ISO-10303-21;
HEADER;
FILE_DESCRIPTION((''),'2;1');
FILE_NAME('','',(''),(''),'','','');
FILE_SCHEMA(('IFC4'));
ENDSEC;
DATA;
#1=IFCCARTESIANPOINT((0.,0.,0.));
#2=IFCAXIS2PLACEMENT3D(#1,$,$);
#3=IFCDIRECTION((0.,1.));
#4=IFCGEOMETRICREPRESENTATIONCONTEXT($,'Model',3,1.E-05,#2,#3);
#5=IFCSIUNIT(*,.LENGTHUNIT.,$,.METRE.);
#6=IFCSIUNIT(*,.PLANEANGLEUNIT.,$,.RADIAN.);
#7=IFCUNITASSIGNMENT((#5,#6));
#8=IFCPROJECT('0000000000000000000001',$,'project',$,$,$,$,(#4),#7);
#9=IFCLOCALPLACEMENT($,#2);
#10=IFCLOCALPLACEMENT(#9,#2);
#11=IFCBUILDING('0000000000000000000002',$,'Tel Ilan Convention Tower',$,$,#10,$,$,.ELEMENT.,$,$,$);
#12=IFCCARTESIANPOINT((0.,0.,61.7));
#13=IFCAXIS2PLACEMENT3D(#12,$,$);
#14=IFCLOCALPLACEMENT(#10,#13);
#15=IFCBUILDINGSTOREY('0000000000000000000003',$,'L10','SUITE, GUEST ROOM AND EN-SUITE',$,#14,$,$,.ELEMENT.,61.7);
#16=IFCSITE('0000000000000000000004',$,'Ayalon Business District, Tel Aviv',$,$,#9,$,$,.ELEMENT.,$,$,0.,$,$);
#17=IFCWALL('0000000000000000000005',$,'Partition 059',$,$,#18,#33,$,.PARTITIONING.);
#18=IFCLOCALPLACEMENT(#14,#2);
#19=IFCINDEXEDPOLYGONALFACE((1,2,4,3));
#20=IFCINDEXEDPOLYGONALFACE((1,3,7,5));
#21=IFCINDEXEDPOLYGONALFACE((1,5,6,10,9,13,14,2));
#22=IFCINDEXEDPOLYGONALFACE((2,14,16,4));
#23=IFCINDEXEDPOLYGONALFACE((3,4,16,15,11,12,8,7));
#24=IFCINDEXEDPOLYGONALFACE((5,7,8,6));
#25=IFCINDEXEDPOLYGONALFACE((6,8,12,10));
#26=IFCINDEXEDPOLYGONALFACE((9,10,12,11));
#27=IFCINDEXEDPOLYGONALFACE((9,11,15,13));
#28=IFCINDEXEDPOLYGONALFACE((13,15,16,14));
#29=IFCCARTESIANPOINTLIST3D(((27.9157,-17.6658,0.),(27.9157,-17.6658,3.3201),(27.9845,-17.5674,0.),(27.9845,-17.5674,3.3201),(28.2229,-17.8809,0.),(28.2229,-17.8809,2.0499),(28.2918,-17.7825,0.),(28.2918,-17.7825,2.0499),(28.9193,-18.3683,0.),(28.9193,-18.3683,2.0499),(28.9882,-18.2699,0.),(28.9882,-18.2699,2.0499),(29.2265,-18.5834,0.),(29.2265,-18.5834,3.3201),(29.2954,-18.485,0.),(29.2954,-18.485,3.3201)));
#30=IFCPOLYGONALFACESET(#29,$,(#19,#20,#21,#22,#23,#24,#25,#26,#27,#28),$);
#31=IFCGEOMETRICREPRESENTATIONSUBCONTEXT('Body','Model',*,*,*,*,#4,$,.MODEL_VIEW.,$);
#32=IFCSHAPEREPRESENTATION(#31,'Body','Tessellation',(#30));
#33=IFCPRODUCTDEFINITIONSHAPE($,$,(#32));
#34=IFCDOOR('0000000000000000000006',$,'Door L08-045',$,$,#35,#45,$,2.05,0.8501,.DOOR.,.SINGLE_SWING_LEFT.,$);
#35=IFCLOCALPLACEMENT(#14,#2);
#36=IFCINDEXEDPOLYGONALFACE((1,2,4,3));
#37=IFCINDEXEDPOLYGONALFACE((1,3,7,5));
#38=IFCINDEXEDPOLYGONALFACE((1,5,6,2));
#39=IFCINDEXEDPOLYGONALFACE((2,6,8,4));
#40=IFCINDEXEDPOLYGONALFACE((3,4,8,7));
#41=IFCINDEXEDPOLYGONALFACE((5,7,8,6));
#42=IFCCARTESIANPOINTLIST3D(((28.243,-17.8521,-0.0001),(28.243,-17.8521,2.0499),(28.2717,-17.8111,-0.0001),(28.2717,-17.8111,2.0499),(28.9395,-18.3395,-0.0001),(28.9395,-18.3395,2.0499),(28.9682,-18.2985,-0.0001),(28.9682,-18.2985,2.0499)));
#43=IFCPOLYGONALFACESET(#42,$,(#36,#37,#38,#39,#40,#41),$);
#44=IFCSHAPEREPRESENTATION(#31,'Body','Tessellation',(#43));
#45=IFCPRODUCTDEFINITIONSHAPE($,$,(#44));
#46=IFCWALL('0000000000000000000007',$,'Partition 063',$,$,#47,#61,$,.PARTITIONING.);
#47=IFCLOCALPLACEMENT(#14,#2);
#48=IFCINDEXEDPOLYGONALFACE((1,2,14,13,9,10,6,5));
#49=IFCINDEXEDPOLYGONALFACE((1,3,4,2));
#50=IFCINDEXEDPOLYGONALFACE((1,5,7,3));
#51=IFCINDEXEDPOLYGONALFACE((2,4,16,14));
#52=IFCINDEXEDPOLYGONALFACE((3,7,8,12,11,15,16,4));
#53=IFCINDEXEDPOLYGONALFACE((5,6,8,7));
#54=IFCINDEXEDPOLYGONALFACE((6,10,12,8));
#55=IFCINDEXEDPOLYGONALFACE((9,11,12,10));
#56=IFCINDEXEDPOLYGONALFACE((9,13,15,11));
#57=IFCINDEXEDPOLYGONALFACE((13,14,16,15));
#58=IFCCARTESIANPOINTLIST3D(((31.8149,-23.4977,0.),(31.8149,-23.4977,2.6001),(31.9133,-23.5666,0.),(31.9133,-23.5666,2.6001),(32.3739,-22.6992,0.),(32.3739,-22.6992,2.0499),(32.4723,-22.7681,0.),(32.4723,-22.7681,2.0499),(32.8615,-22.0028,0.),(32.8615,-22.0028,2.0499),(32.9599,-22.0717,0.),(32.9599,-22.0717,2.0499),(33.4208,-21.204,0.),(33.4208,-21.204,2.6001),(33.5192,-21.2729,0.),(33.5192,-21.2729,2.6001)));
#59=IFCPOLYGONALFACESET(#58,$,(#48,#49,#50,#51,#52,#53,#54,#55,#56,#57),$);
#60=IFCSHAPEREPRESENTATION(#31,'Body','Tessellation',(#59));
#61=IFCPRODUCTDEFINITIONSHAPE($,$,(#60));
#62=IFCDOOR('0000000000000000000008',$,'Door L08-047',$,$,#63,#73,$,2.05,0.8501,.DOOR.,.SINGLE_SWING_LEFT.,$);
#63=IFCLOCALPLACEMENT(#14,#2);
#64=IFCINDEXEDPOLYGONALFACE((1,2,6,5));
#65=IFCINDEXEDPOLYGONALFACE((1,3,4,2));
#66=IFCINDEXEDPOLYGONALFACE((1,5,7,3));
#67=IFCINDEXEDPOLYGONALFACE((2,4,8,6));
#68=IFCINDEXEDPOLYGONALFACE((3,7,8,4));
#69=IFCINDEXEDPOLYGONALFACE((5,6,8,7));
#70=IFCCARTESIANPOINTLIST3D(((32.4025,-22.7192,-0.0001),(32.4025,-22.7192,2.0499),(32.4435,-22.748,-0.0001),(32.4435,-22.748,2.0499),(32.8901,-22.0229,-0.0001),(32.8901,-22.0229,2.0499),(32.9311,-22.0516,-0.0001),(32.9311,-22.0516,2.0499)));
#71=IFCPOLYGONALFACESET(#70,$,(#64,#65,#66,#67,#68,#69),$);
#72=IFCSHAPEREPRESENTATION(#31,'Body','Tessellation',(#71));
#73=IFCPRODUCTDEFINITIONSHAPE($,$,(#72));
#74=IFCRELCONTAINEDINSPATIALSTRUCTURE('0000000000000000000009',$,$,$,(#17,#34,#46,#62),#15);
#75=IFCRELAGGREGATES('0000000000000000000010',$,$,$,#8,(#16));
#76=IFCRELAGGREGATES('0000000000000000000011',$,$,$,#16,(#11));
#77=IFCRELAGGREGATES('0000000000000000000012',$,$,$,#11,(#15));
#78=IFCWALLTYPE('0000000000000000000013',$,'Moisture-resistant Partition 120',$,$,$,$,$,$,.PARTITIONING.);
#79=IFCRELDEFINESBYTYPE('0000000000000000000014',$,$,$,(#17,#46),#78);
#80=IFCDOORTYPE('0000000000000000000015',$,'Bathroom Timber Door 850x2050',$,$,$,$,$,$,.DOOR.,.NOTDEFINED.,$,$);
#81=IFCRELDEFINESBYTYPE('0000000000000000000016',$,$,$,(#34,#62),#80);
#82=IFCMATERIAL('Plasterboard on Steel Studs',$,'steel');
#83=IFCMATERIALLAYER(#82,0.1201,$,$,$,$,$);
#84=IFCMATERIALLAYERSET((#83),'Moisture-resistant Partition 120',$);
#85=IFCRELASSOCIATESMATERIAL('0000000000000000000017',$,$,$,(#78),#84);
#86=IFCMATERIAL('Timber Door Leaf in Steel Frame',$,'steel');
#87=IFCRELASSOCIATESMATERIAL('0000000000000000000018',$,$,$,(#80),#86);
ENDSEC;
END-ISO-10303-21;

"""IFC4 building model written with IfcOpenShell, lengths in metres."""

from ifc_helpers import new_model, si_unit, direction, frame, frame_2d, origin, place, context, subcontext, project, spatial, rectangle, extrude, material, layer, layer_set, type_object, element, fill, save


model = new_model("IFC4")

# Units and contexts
model_context = context("Model", 3, precision=1e-05, world=origin(), true_north=direction((0.0, 1.0)))
body_context = subcontext(model_context, "Body", "Model", "MODEL_VIEW")
ifc_project = project(units=[si_unit("LENGTHUNIT", "METRE"), si_unit("PLANEANGLEUNIT", "RADIAN")], contexts=[model_context])

# Site, building, storey
site_placement = place(None, origin())
site = spatial("IfcSite", under=ifc_project, at=site_placement, Name="Ayalon Business District, Tel Aviv", CompositionType="ELEMENT", RefElevation=0.0)
building_placement = place(site_placement, origin())
building = spatial("IfcBuilding", under=site, at=building_placement, Name="Tel Ilan Convention Tower", CompositionType="ELEMENT")
storey_placement = place(building_placement, frame((0.0, 0.0, 61.7)))
storey = spatial("IfcBuildingStorey", under=building, at=storey_placement, Name="L10", Description="SUITE, GUEST ROOM AND EN-SUITE", CompositionType="ELEMENT", Elevation=61.7)

# Walls, openings, doors
ifc_material_1 = material(Name="Plasterboard on Steel Studs", Category="steel")
ifc_layer_1 = layer(ifc_material_1, 0.1201)
ifc_layer_set_1 = layer_set([ifc_layer_1], Name="Moisture-resistant Partition 120")
wall_type_1 = type_object("IfcWallType", Name="Moisture-resistant Partition 120", PredefinedType="PARTITIONING", material=ifc_layer_set_1)
wall_1_placement = place(storey_placement, frame((29.261, -18.5342, 0.0), z_axis=(0.0, 0.0, 1.0), x_axis=(-0.819253, 0.573432, 0.0)))
wall_1 = element("IfcWall", 1, at=wall_1_placement, inside=storey, type_object=wall_type_1, Name="Partition 059", PredefinedType="PARTITIONING", context=body_context, shape_type="SweptSolid", body=[
    extrude(rectangle(XDim=1.6001, YDim=0.1201, at=frame_2d((0.8, 0.0))), origin(), (0.0, 0.0, 1.0), 3.3201),
])
opening_1_placement = place(wall_1_placement, frame((0.375, 0.0, 0.0)))
opening_1 = element("IfcOpeningElement", 2, at=opening_1_placement, cuts=wall_1, PredefinedType="OPENING", context=body_context, shape_type="SweptSolid", body=[
    extrude(rectangle(XDim=0.8501, YDim=2.05, at=frame_2d((0.425, 1.0249))), frame((0.0, 0.0701, 0.0), z_axis=(0.0, -1.0, 0.0), x_axis=(1.0, 0.0, 0.0)), (0.0, 0.0, 1.0), 0.1401),
])
ifc_material_2 = material(Name="Timber Door Leaf in Steel Frame", Category="steel")
door_type_1 = type_object("IfcDoorType", Name="Bathroom Timber Door 850x2050", OperationType="NOTDEFINED", PredefinedType="DOOR", material=ifc_material_2)
door_1_placement = place(opening_1_placement, origin())
door_1 = element("IfcDoor", 3, at=door_1_placement, inside=storey, type_object=door_type_1, Name="Door L08-045", OperationType="SINGLE_SWING_LEFT", OverallHeight=2.05, OverallWidth=0.8501, PredefinedType="DOOR", context=body_context, shape_type="SweptSolid", body=[
    extrude(rectangle(XDim=0.8501, YDim=2.05, at=frame_2d((0.425, 1.0249))), frame((0.0, 0.0249, 0.0), z_axis=(0.0, -1.0, 0.0), x_axis=(1.0, 0.0, 0.0)), (0.0, 0.0, 1.0), 0.05),
])
fill(opening_1, door_1)
wall_2_placement = place(storey_placement, frame((33.47, -21.2385, 0.0), z_axis=(0.0, 0.0, 1.0), x_axis=(-0.57355, -0.81917, 0.0)))
wall_2 = element("IfcWall", 4, at=wall_2_placement, inside=storey, type_object=wall_type_1, Name="Partition 063", PredefinedType="PARTITIONING", context=body_context, shape_type="SweptSolid", body=[
    extrude(rectangle(XDim=2.8, YDim=0.1201, at=frame_2d((1.3999, 0.0))), origin(), (0.0, 0.0, 1.0), 2.6001),
])
opening_2_placement = place(wall_2_placement, frame((0.9751, 0.0, 0.0)))
opening_2 = element("IfcOpeningElement", 5, at=opening_2_placement, cuts=wall_2, PredefinedType="OPENING", context=body_context, shape_type="SweptSolid", body=[
    extrude(rectangle(XDim=0.8501, YDim=2.05, at=frame_2d((0.425, 1.0249))), frame((0.0, 0.0701, 0.0), z_axis=(0.0, -1.0, 0.0), x_axis=(1.0, 0.0, 0.0)), (0.0, 0.0, 1.0), 0.1401),
])
door_2_placement = place(opening_2_placement, origin())
door_2 = element("IfcDoor", 6, at=door_2_placement, inside=storey, type_object=door_type_1, Name="Door L08-047", OperationType="SINGLE_SWING_LEFT", OverallHeight=2.05, OverallWidth=0.8501, PredefinedType="DOOR", context=body_context, shape_type="SweptSolid", body=[
    extrude(rectangle(XDim=0.8501, YDim=2.05, at=frame_2d((0.425, 1.0249))), frame((0.0, 0.0249, 0.0), z_axis=(0.0, -1.0, 0.0), x_axis=(1.0, 0.0, 0.0)), (0.0, 0.0, 1.0), 0.05),
])
fill(opening_2, door_2)

save(model, "model.ifc")
